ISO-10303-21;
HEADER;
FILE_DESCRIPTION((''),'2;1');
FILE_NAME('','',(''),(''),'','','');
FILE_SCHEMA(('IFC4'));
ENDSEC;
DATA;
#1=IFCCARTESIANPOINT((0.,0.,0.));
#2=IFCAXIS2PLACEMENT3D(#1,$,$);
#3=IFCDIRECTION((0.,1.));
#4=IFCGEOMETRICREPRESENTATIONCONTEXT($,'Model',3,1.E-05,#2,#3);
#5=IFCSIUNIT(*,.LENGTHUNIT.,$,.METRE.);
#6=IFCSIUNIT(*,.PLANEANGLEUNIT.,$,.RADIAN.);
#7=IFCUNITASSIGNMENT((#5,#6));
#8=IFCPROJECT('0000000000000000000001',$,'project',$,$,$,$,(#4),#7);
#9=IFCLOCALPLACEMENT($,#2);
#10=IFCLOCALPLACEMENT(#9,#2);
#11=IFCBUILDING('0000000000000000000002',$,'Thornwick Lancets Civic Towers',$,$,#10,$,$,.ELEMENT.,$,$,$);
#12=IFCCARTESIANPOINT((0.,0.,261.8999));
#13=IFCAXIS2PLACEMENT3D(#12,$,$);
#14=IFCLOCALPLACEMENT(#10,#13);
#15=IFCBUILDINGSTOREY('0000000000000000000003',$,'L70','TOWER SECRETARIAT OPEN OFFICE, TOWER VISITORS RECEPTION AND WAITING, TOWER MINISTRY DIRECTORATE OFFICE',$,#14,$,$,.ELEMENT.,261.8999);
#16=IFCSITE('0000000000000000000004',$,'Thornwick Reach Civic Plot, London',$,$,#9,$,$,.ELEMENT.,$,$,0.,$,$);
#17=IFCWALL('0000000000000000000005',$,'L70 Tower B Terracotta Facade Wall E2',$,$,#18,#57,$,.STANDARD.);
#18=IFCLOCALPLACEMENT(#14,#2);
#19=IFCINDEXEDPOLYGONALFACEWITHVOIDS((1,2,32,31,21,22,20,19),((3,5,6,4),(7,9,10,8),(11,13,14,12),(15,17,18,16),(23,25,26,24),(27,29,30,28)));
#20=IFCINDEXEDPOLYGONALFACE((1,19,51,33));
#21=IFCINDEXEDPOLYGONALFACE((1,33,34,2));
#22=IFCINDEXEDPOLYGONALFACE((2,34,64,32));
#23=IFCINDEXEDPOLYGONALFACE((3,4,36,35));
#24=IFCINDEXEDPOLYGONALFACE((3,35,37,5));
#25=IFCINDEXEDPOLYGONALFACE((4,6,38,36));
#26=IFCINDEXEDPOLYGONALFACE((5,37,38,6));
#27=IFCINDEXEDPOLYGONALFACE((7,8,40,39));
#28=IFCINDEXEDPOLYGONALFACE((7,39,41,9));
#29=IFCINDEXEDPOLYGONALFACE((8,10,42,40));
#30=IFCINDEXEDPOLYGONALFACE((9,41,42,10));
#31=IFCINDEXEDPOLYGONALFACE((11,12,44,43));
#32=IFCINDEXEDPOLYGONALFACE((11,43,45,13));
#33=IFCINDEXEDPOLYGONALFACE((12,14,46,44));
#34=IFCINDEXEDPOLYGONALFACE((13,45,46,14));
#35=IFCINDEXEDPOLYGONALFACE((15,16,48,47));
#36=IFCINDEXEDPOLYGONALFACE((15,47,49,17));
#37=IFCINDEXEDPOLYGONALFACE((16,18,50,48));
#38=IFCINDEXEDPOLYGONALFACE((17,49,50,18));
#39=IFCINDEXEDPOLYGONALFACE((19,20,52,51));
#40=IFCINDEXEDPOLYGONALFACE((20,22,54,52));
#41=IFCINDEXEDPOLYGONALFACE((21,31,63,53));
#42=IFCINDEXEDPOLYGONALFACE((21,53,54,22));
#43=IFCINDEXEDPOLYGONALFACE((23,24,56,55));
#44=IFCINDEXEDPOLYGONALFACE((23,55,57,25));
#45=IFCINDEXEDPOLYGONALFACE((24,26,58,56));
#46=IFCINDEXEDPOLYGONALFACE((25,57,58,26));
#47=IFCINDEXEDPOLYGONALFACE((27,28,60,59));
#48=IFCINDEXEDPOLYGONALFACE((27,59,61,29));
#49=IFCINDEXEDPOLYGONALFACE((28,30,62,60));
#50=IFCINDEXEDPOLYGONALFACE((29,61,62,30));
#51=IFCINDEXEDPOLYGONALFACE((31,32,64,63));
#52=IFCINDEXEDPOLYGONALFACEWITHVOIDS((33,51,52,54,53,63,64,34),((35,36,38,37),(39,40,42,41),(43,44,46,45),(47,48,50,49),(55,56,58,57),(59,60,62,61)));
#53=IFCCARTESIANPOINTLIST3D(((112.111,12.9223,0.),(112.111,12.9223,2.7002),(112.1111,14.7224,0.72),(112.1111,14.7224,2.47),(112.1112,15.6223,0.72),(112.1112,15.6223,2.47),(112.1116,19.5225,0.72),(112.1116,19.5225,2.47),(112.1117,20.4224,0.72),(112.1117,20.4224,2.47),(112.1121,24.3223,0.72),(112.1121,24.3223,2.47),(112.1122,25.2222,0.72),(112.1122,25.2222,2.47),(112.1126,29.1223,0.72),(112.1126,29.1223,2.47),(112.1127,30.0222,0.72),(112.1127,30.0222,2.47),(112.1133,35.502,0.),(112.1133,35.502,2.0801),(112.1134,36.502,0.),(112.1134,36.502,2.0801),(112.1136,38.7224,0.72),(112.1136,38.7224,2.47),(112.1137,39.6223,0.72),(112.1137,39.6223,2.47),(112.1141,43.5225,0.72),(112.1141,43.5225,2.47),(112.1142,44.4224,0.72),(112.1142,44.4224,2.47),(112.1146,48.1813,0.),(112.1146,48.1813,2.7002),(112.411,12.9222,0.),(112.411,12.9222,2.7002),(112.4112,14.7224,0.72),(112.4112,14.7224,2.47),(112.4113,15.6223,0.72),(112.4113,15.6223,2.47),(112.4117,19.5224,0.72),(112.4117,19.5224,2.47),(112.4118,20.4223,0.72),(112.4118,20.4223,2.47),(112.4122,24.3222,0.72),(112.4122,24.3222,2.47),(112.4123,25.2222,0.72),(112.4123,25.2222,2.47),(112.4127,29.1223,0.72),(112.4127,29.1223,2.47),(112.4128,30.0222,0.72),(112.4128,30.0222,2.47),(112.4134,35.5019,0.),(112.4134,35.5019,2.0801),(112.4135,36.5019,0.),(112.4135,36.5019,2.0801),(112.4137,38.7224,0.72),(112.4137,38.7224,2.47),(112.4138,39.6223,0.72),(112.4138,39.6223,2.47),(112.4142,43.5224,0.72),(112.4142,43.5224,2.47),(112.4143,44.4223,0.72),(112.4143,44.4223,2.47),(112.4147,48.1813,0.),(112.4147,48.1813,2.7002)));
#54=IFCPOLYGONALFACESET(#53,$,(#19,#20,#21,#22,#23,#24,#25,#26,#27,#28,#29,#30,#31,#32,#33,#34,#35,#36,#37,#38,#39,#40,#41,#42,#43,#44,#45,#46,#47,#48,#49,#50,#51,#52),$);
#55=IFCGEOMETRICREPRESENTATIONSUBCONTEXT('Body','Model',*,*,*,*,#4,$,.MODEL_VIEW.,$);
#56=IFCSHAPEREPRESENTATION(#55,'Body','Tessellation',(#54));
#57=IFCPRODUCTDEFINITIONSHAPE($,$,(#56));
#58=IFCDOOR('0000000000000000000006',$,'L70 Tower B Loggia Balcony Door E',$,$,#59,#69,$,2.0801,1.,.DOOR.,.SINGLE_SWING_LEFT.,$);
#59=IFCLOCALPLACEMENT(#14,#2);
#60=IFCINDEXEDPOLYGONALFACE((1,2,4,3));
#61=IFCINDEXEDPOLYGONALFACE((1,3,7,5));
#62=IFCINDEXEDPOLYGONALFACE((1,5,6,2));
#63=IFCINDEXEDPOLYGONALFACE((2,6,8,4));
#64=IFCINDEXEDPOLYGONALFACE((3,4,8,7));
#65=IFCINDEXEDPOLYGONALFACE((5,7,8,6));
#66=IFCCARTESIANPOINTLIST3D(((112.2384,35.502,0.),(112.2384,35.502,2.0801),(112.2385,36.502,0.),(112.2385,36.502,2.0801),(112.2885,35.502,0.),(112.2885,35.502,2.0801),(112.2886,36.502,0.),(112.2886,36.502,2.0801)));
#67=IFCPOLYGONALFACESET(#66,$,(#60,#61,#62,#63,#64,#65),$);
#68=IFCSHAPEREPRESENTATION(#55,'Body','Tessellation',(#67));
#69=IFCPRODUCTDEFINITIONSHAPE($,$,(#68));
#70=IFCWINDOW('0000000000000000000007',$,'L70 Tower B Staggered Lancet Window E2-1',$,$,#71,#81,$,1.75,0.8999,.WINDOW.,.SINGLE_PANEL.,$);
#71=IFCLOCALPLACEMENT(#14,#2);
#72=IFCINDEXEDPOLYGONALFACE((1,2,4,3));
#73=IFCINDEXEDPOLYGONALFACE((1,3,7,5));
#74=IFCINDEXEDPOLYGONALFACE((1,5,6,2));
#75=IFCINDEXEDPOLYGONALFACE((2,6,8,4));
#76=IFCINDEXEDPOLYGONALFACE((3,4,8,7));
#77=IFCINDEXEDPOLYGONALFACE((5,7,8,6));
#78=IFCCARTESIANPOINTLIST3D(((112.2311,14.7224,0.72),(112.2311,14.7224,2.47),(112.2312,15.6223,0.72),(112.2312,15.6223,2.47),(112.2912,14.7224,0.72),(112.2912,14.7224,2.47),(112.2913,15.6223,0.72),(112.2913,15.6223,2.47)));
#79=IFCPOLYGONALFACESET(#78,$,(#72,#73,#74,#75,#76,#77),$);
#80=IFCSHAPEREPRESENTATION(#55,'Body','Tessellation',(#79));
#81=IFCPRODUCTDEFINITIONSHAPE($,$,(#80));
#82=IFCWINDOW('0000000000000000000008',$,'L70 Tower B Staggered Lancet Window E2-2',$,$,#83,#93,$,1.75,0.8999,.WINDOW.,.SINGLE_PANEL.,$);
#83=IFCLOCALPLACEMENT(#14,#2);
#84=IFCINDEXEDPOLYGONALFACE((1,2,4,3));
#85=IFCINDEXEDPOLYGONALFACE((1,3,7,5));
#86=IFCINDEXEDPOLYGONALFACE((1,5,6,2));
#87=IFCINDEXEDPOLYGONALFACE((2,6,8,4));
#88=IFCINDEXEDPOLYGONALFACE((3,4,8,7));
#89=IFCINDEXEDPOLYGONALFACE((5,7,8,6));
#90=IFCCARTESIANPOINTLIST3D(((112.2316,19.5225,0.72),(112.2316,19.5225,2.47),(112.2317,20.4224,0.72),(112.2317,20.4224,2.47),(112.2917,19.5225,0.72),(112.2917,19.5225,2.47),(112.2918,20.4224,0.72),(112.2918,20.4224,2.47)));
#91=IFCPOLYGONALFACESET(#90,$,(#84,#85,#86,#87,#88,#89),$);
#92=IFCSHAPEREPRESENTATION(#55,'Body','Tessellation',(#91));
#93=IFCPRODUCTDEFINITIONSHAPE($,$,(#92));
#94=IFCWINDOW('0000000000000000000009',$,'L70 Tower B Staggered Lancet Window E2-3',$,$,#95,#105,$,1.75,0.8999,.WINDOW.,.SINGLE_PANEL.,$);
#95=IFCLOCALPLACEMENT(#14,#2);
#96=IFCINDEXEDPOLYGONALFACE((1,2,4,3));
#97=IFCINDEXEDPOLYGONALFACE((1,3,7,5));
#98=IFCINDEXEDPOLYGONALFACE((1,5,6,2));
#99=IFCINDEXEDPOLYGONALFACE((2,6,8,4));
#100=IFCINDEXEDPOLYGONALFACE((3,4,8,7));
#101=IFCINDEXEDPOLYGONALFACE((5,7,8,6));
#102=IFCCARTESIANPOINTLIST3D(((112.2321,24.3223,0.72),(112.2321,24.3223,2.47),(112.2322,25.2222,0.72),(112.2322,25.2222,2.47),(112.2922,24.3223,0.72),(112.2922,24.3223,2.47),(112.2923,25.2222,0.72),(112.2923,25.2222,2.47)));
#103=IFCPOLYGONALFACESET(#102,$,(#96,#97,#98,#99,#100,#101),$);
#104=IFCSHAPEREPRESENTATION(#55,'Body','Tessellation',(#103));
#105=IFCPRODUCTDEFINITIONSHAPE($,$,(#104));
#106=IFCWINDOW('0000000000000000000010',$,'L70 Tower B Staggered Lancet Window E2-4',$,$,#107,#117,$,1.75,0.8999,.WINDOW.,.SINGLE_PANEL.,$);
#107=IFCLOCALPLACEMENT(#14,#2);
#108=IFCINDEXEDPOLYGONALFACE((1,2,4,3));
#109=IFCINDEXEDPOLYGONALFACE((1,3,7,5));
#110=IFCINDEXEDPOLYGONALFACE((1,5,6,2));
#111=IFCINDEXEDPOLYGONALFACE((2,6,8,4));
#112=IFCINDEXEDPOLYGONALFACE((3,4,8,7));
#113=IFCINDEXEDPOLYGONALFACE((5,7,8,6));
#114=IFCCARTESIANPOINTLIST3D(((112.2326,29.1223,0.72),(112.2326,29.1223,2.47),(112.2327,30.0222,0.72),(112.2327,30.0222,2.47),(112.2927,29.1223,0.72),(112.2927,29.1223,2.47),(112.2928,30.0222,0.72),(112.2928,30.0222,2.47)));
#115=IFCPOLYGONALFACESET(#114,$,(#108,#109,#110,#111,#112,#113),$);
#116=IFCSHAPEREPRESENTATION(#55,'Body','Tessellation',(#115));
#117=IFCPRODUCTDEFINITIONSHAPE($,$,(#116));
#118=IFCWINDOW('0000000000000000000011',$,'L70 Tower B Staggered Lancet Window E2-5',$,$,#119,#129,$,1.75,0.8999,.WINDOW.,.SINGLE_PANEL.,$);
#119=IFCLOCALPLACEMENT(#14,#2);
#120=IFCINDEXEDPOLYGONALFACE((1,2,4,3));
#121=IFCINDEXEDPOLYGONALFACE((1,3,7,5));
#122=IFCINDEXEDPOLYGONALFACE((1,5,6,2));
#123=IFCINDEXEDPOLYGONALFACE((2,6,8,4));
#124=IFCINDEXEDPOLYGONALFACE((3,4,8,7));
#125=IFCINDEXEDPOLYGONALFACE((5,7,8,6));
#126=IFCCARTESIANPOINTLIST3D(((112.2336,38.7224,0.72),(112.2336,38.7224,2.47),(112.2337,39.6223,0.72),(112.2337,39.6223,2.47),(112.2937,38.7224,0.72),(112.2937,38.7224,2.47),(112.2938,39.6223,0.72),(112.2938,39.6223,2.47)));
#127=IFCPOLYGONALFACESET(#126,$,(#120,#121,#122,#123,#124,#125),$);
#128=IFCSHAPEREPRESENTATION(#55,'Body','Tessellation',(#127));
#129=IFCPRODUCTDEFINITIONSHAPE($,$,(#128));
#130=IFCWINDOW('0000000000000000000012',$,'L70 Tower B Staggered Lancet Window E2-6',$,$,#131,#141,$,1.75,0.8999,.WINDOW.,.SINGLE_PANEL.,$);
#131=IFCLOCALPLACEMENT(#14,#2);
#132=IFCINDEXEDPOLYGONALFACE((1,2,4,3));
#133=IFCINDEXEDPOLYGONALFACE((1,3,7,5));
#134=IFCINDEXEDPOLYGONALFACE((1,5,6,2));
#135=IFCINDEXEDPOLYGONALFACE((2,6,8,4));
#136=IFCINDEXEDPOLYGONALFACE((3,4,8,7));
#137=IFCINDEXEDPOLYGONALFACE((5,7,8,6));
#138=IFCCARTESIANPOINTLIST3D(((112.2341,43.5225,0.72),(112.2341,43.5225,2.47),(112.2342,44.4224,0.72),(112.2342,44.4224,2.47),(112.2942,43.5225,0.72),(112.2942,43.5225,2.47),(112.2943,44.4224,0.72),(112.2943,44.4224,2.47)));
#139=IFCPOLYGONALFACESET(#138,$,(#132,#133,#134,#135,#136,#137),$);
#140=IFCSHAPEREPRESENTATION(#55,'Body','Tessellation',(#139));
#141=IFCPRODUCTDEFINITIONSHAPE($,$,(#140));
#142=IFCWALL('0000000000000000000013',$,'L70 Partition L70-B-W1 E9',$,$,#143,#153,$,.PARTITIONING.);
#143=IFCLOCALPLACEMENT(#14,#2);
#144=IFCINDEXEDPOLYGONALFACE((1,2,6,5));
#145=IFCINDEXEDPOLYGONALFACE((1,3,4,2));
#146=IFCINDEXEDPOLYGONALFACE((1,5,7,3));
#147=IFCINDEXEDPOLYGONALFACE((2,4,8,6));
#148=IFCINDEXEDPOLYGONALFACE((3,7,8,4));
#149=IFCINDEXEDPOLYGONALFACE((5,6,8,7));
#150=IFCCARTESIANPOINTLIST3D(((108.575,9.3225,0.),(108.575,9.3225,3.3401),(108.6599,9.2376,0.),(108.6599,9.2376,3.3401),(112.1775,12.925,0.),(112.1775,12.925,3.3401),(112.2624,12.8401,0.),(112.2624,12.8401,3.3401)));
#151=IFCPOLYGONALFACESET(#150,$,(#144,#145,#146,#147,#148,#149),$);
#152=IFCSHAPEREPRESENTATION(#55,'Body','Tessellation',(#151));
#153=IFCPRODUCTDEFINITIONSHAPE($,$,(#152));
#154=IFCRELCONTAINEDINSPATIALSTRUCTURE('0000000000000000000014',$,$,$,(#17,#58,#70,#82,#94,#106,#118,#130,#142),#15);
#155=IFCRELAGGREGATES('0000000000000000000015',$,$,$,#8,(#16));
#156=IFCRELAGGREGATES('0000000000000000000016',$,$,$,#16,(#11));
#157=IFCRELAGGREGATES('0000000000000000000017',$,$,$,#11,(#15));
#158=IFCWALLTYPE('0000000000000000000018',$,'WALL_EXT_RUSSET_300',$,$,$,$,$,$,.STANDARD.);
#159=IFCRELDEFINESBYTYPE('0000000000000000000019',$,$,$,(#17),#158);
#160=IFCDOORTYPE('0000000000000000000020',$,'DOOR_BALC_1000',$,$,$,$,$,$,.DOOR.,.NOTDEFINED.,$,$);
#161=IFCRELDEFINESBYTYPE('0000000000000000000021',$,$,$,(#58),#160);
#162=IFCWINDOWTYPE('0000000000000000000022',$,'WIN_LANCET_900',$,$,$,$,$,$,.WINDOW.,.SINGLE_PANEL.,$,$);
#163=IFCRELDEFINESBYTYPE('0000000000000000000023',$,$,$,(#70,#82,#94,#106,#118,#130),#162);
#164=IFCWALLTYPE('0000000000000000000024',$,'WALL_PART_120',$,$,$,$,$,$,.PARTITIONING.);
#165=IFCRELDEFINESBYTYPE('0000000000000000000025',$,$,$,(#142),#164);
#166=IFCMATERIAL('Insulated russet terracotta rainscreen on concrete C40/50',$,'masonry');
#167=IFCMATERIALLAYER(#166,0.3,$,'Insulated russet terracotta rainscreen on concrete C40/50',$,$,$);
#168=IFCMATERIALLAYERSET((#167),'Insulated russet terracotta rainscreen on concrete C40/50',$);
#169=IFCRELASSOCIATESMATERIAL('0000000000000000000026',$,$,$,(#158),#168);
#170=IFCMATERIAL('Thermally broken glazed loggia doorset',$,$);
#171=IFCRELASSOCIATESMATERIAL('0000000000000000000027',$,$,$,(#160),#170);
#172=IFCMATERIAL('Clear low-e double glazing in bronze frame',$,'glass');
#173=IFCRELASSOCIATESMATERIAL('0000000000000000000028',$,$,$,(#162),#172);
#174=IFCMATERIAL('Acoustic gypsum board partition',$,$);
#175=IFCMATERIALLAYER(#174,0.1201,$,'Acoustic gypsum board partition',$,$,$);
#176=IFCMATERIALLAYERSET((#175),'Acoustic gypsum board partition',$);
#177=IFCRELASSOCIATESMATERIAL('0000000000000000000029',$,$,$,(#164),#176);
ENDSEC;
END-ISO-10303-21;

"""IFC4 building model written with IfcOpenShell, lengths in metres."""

from ifc_helpers import new_model, si_unit, direction, frame, frame_2d, origin, place, context, subcontext, project, spatial, rectangle, extrude, material, layer, layer_set, type_object, element, fill, save


model = new_model("IFC4")

# Units and contexts
model_context = context("Model", 3, precision=1e-05, world=origin(), true_north=direction((0.0, 1.0)))
body_context = subcontext(model_context, "Body", "Model", "MODEL_VIEW")
ifc_project = project(units=[si_unit("LENGTHUNIT", "METRE"), si_unit("PLANEANGLEUNIT", "RADIAN")], contexts=[model_context])

# Site, building, storey
site_placement = place(None, origin())
site = spatial("IfcSite", under=ifc_project, at=site_placement, Name="Thornwick Reach Civic Plot, London", CompositionType="ELEMENT", RefElevation=0.0)
building_placement = place(site_placement, origin())
building = spatial("IfcBuilding", under=site, at=building_placement, Name="Thornwick Lancets Civic Towers", CompositionType="ELEMENT")
storey_placement = place(building_placement, frame((0.0, 0.0, 261.8999)))
storey = spatial("IfcBuildingStorey", under=building, at=storey_placement, Name="L70", Description="TOWER SECRETARIAT OPEN OFFICE, TOWER VISITORS RECEPTION AND WAITING, TOWER MINISTRY DIRECTORATE OFFICE", CompositionType="ELEMENT", Elevation=261.8999)

# Wall, openings, door, windows
ifc_material_1 = material(Name="Insulated russet terracotta rainscreen on concrete C40/50", Category="masonry")
ifc_layer_1 = layer(ifc_material_1, 0.3, Name="Insulated russet terracotta rainscreen on concrete C40/50")
ifc_layer_set_1 = layer_set([ifc_layer_1], Name="Insulated russet terracotta rainscreen on concrete C40/50")
wall_type_1 = type_object("IfcWallType", Name="WALL_EXT_RUSSET_300", PredefinedType="STANDARD", material=ifc_layer_set_1)
wall_1_placement = place(storey_placement, frame((112.261, 12.9224, 0.0), z_axis=(0.0, 0.0, 1.0), x_axis=(0.000104, 1.0, 0.0)))
wall_1 = element("IfcWall", 1, at=wall_1_placement, inside=storey, type_object=wall_type_1, Name="L70 Tower B Terracotta Facade Wall E2", PredefinedType="STANDARD", context=body_context, shape_type="SweptSolid", body=[
    extrude(rectangle(XDim=35.259, YDim=0.3, at=frame_2d((17.6294, 0.0))), origin(), (0.0, 0.0, 1.0), 2.7002),
])
opening_1_placement = place(wall_1_placement, frame((22.5796, 0.0, 0.0)))
opening_1 = element("IfcOpeningElement", 2, at=opening_1_placement, cuts=wall_1, PredefinedType="OPENING", context=body_context, shape_type="SweptSolid", body=[
    extrude(rectangle(XDim=1.0, YDim=2.0801, at=frame_2d((0.5, 1.04))), frame((0.0, 0.1602, 0.0), z_axis=(0.0, -1.0, 0.0), x_axis=(1.0, 0.0, 0.0)), (0.0, 0.0, 1.0), 0.3201),
])
opening_2_placement = place(wall_1_placement, frame((1.8, 0.0, 0.72)))
opening_2 = element("IfcOpeningElement", 3, at=opening_2_placement, cuts=wall_1, PredefinedType="OPENING", context=body_context, shape_type="SweptSolid", body=[
    extrude(rectangle(XDim=0.8999, YDim=1.75, at=frame_2d((0.45, 0.875))), frame((0.0, 0.1602, 0.0), z_axis=(0.0, -1.0, 0.0), x_axis=(1.0, 0.0, 0.0)), (0.0, 0.0, 1.0), 0.3201),
])
opening_3_placement = place(wall_1_placement, frame((6.6001, 0.0, 0.72)))
opening_3 = element("IfcOpeningElement", 4, at=opening_3_placement, cuts=wall_1, PredefinedType="OPENING", context=body_context, shape_type="SweptSolid", body=[
    extrude(rectangle(XDim=0.8999, YDim=1.75, at=frame_2d((0.45, 0.875))), frame((0.0, 0.1602, 0.0), z_axis=(0.0, -1.0, 0.0), x_axis=(1.0, 0.0, 0.0)), (0.0, 0.0, 1.0), 0.3201),
])
opening_4_placement = place(wall_1_placement, frame((11.3999, 0.0, 0.72)))
opening_4 = element("IfcOpeningElement", 5, at=opening_4_placement, cuts=wall_1, PredefinedType="OPENING", context=body_context, shape_type="SweptSolid", body=[
    extrude(rectangle(XDim=0.8999, YDim=1.75, at=frame_2d((0.45, 0.875))), frame((0.0, 0.1602, 0.0), z_axis=(0.0, -1.0, 0.0), x_axis=(1.0, 0.0, 0.0)), (0.0, 0.0, 1.0), 0.3201),
])
opening_5_placement = place(wall_1_placement, frame((16.2, 0.0, 0.72)))
opening_5 = element("IfcOpeningElement", 6, at=opening_5_placement, cuts=wall_1, PredefinedType="OPENING", context=body_context, shape_type="SweptSolid", body=[
    extrude(rectangle(XDim=0.8999, YDim=1.75, at=frame_2d((0.45, 0.875))), frame((0.0, 0.1602, 0.0), z_axis=(0.0, -1.0, 0.0), x_axis=(1.0, 0.0, 0.0)), (0.0, 0.0, 1.0), 0.3201),
])
opening_6_placement = place(wall_1_placement, frame((25.8, 0.0, 0.72)))
opening_6 = element("IfcOpeningElement", 7, at=opening_6_placement, cuts=wall_1, PredefinedType="OPENING", context=body_context, shape_type="SweptSolid", body=[
    extrude(rectangle(XDim=0.8999, YDim=1.75, at=frame_2d((0.45, 0.875))), frame((0.0, 0.1602, 0.0), z_axis=(0.0, -1.0, 0.0), x_axis=(1.0, 0.0, 0.0)), (0.0, 0.0, 1.0), 0.3201),
])
opening_7_placement = place(wall_1_placement, frame((30.6001, 0.0, 0.72)))
opening_7 = element("IfcOpeningElement", 8, at=opening_7_placement, cuts=wall_1, PredefinedType="OPENING", context=body_context, shape_type="SweptSolid", body=[
    extrude(rectangle(XDim=0.8999, YDim=1.75, at=frame_2d((0.45, 0.875))), frame((0.0, 0.1602, 0.0), z_axis=(0.0, -1.0, 0.0), x_axis=(1.0, 0.0, 0.0)), (0.0, 0.0, 1.0), 0.3201),
])
ifc_material_2 = material(Name="Thermally broken glazed loggia doorset")
door_type = type_object("IfcDoorType", Name="DOOR_BALC_1000", OperationType="NOTDEFINED", PredefinedType="DOOR", material=ifc_material_2)
door_placement = place(opening_1_placement, origin())
door = element("IfcDoor", 9, at=door_placement, inside=storey, type_object=door_type, Name="L70 Tower B Loggia Balcony Door E", OperationType="SINGLE_SWING_LEFT", OverallHeight=2.0801, OverallWidth=1.0, PredefinedType="DOOR", context=body_context, shape_type="SweptSolid", body=[
    extrude(rectangle(XDim=1.0, YDim=2.0801, at=frame_2d((0.5, 1.04))), frame((0.0, 0.0249, 0.0), z_axis=(0.0, -1.0, 0.0), x_axis=(1.0, 0.0, 0.0)), (0.0, 0.0, 1.0), 0.05),
])
fill(opening_1, door)
ifc_material_3 = material(Name="Clear low-e double glazing in bronze frame", Category="glass")
window_type = type_object("IfcWindowType", Name="WIN_LANCET_900", PartitioningType="SINGLE_PANEL", PredefinedType="WINDOW", material=ifc_material_3)
window_1_placement = place(opening_2_placement, origin())
window_1 = element("IfcWindow", 10, at=window_1_placement, inside=storey, type_object=window_type, Name="L70 Tower B Staggered Lancet Window E2-1", OverallHeight=1.75, OverallWidth=0.8999, PartitioningType="SINGLE_PANEL", PredefinedType="WINDOW", context=body_context, shape_type="SweptSolid", body=[
    extrude(rectangle(XDim=0.8999, YDim=1.75, at=frame_2d((0.45, 0.875))), frame((0.0, 0.03, 0.0), z_axis=(0.0, -1.0, 0.0), x_axis=(1.0, 0.0, 0.0)), (0.0, 0.0, 1.0), 0.0601),
])
fill(opening_2, window_1)
window_2_placement = place(opening_3_placement, origin())
window_2 = element("IfcWindow", 11, at=window_2_placement, inside=storey, type_object=window_type, Name="L70 Tower B Staggered Lancet Window E2-2", OverallHeight=1.75, OverallWidth=0.8999, PartitioningType="SINGLE_PANEL", PredefinedType="WINDOW", context=body_context, shape_type="SweptSolid", body=[
    extrude(rectangle(XDim=0.8999, YDim=1.75, at=frame_2d((0.45, 0.875))), frame((0.0, 0.03, 0.0), z_axis=(0.0, -1.0, 0.0), x_axis=(1.0, 0.0, 0.0)), (0.0, 0.0, 1.0), 0.0601),
])
fill(opening_3, window_2)
window_3_placement = place(opening_4_placement, origin())
window_3 = element("IfcWindow", 12, at=window_3_placement, inside=storey, type_object=window_type, Name="L70 Tower B Staggered Lancet Window E2-3", OverallHeight=1.75, OverallWidth=0.8999, PartitioningType="SINGLE_PANEL", PredefinedType="WINDOW", context=body_context, shape_type="SweptSolid", body=[
    extrude(rectangle(XDim=0.8999, YDim=1.75, at=frame_2d((0.45, 0.875))), frame((0.0, 0.03, 0.0), z_axis=(0.0, -1.0, 0.0), x_axis=(1.0, 0.0, 0.0)), (0.0, 0.0, 1.0), 0.0601),
])
fill(opening_4, window_3)
window_4_placement = place(opening_5_placement, origin())
window_4 = element("IfcWindow", 13, at=window_4_placement, inside=storey, type_object=window_type, Name="L70 Tower B Staggered Lancet Window E2-4", OverallHeight=1.75, OverallWidth=0.8999, PartitioningType="SINGLE_PANEL", PredefinedType="WINDOW", context=body_context, shape_type="SweptSolid", body=[
    extrude(rectangle(XDim=0.8999, YDim=1.75, at=frame_2d((0.45, 0.875))), frame((0.0, 0.03, 0.0), z_axis=(0.0, -1.0, 0.0), x_axis=(1.0, 0.0, 0.0)), (0.0, 0.0, 1.0), 0.0601),
])
fill(opening_5, window_4)
window_5_placement = place(opening_6_placement, origin())
window_5 = element("IfcWindow", 14, at=window_5_placement, inside=storey, type_object=window_type, Name="L70 Tower B Staggered Lancet Window E2-5", OverallHeight=1.75, OverallWidth=0.8999, PartitioningType="SINGLE_PANEL", PredefinedType="WINDOW", context=body_context, shape_type="SweptSolid", body=[
    extrude(rectangle(XDim=0.8999, YDim=1.75, at=frame_2d((0.45, 0.875))), frame((0.0, 0.03, 0.0), z_axis=(0.0, -1.0, 0.0), x_axis=(1.0, 0.0, 0.0)), (0.0, 0.0, 1.0), 0.0601),
])
fill(opening_6, window_5)
window_6_placement = place(opening_7_placement, origin())
window_6 = element("IfcWindow", 15, at=window_6_placement, inside=storey, type_object=window_type, Name="L70 Tower B Staggered Lancet Window E2-6", OverallHeight=1.75, OverallWidth=0.8999, PartitioningType="SINGLE_PANEL", PredefinedType="WINDOW", context=body_context, shape_type="SweptSolid", body=[
    extrude(rectangle(XDim=0.8999, YDim=1.75, at=frame_2d((0.45, 0.875))), frame((0.0, 0.03, 0.0), z_axis=(0.0, -1.0, 0.0), x_axis=(1.0, 0.0, 0.0)), (0.0, 0.0, 1.0), 0.0601),
])
fill(opening_7, window_6)

# Wall
ifc_material_4 = material(Name="Acoustic gypsum board partition")
ifc_layer_2 = layer(ifc_material_4, 0.1201, Name="Acoustic gypsum board partition")
ifc_layer_set_2 = layer_set([ifc_layer_2], Name="Acoustic gypsum board partition")
wall_type_2 = type_object("IfcWallType", Name="WALL_PART_120", PredefinedType="PARTITIONING", material=ifc_layer_set_2)
wall_2_placement = place(storey_placement, frame((112.22, 12.8826, 0.0), z_axis=(0.0, 0.0, 1.0), x_axis=(-0.707107, -0.707107, 0.0)))
element("IfcWall", 16, at=wall_2_placement, inside=storey, type_object=wall_type_2, Name="L70 Partition L70-B-W1 E9", PredefinedType="PARTITIONING", context=body_context, shape_type="SweptSolid", body=[
    extrude(rectangle(XDim=5.0947, YDim=0.1201, at=frame_2d((2.5474, 0.0))), origin(), (0.0, 0.0, 1.0), 3.3401),
])

save(model, "model.ifc")
